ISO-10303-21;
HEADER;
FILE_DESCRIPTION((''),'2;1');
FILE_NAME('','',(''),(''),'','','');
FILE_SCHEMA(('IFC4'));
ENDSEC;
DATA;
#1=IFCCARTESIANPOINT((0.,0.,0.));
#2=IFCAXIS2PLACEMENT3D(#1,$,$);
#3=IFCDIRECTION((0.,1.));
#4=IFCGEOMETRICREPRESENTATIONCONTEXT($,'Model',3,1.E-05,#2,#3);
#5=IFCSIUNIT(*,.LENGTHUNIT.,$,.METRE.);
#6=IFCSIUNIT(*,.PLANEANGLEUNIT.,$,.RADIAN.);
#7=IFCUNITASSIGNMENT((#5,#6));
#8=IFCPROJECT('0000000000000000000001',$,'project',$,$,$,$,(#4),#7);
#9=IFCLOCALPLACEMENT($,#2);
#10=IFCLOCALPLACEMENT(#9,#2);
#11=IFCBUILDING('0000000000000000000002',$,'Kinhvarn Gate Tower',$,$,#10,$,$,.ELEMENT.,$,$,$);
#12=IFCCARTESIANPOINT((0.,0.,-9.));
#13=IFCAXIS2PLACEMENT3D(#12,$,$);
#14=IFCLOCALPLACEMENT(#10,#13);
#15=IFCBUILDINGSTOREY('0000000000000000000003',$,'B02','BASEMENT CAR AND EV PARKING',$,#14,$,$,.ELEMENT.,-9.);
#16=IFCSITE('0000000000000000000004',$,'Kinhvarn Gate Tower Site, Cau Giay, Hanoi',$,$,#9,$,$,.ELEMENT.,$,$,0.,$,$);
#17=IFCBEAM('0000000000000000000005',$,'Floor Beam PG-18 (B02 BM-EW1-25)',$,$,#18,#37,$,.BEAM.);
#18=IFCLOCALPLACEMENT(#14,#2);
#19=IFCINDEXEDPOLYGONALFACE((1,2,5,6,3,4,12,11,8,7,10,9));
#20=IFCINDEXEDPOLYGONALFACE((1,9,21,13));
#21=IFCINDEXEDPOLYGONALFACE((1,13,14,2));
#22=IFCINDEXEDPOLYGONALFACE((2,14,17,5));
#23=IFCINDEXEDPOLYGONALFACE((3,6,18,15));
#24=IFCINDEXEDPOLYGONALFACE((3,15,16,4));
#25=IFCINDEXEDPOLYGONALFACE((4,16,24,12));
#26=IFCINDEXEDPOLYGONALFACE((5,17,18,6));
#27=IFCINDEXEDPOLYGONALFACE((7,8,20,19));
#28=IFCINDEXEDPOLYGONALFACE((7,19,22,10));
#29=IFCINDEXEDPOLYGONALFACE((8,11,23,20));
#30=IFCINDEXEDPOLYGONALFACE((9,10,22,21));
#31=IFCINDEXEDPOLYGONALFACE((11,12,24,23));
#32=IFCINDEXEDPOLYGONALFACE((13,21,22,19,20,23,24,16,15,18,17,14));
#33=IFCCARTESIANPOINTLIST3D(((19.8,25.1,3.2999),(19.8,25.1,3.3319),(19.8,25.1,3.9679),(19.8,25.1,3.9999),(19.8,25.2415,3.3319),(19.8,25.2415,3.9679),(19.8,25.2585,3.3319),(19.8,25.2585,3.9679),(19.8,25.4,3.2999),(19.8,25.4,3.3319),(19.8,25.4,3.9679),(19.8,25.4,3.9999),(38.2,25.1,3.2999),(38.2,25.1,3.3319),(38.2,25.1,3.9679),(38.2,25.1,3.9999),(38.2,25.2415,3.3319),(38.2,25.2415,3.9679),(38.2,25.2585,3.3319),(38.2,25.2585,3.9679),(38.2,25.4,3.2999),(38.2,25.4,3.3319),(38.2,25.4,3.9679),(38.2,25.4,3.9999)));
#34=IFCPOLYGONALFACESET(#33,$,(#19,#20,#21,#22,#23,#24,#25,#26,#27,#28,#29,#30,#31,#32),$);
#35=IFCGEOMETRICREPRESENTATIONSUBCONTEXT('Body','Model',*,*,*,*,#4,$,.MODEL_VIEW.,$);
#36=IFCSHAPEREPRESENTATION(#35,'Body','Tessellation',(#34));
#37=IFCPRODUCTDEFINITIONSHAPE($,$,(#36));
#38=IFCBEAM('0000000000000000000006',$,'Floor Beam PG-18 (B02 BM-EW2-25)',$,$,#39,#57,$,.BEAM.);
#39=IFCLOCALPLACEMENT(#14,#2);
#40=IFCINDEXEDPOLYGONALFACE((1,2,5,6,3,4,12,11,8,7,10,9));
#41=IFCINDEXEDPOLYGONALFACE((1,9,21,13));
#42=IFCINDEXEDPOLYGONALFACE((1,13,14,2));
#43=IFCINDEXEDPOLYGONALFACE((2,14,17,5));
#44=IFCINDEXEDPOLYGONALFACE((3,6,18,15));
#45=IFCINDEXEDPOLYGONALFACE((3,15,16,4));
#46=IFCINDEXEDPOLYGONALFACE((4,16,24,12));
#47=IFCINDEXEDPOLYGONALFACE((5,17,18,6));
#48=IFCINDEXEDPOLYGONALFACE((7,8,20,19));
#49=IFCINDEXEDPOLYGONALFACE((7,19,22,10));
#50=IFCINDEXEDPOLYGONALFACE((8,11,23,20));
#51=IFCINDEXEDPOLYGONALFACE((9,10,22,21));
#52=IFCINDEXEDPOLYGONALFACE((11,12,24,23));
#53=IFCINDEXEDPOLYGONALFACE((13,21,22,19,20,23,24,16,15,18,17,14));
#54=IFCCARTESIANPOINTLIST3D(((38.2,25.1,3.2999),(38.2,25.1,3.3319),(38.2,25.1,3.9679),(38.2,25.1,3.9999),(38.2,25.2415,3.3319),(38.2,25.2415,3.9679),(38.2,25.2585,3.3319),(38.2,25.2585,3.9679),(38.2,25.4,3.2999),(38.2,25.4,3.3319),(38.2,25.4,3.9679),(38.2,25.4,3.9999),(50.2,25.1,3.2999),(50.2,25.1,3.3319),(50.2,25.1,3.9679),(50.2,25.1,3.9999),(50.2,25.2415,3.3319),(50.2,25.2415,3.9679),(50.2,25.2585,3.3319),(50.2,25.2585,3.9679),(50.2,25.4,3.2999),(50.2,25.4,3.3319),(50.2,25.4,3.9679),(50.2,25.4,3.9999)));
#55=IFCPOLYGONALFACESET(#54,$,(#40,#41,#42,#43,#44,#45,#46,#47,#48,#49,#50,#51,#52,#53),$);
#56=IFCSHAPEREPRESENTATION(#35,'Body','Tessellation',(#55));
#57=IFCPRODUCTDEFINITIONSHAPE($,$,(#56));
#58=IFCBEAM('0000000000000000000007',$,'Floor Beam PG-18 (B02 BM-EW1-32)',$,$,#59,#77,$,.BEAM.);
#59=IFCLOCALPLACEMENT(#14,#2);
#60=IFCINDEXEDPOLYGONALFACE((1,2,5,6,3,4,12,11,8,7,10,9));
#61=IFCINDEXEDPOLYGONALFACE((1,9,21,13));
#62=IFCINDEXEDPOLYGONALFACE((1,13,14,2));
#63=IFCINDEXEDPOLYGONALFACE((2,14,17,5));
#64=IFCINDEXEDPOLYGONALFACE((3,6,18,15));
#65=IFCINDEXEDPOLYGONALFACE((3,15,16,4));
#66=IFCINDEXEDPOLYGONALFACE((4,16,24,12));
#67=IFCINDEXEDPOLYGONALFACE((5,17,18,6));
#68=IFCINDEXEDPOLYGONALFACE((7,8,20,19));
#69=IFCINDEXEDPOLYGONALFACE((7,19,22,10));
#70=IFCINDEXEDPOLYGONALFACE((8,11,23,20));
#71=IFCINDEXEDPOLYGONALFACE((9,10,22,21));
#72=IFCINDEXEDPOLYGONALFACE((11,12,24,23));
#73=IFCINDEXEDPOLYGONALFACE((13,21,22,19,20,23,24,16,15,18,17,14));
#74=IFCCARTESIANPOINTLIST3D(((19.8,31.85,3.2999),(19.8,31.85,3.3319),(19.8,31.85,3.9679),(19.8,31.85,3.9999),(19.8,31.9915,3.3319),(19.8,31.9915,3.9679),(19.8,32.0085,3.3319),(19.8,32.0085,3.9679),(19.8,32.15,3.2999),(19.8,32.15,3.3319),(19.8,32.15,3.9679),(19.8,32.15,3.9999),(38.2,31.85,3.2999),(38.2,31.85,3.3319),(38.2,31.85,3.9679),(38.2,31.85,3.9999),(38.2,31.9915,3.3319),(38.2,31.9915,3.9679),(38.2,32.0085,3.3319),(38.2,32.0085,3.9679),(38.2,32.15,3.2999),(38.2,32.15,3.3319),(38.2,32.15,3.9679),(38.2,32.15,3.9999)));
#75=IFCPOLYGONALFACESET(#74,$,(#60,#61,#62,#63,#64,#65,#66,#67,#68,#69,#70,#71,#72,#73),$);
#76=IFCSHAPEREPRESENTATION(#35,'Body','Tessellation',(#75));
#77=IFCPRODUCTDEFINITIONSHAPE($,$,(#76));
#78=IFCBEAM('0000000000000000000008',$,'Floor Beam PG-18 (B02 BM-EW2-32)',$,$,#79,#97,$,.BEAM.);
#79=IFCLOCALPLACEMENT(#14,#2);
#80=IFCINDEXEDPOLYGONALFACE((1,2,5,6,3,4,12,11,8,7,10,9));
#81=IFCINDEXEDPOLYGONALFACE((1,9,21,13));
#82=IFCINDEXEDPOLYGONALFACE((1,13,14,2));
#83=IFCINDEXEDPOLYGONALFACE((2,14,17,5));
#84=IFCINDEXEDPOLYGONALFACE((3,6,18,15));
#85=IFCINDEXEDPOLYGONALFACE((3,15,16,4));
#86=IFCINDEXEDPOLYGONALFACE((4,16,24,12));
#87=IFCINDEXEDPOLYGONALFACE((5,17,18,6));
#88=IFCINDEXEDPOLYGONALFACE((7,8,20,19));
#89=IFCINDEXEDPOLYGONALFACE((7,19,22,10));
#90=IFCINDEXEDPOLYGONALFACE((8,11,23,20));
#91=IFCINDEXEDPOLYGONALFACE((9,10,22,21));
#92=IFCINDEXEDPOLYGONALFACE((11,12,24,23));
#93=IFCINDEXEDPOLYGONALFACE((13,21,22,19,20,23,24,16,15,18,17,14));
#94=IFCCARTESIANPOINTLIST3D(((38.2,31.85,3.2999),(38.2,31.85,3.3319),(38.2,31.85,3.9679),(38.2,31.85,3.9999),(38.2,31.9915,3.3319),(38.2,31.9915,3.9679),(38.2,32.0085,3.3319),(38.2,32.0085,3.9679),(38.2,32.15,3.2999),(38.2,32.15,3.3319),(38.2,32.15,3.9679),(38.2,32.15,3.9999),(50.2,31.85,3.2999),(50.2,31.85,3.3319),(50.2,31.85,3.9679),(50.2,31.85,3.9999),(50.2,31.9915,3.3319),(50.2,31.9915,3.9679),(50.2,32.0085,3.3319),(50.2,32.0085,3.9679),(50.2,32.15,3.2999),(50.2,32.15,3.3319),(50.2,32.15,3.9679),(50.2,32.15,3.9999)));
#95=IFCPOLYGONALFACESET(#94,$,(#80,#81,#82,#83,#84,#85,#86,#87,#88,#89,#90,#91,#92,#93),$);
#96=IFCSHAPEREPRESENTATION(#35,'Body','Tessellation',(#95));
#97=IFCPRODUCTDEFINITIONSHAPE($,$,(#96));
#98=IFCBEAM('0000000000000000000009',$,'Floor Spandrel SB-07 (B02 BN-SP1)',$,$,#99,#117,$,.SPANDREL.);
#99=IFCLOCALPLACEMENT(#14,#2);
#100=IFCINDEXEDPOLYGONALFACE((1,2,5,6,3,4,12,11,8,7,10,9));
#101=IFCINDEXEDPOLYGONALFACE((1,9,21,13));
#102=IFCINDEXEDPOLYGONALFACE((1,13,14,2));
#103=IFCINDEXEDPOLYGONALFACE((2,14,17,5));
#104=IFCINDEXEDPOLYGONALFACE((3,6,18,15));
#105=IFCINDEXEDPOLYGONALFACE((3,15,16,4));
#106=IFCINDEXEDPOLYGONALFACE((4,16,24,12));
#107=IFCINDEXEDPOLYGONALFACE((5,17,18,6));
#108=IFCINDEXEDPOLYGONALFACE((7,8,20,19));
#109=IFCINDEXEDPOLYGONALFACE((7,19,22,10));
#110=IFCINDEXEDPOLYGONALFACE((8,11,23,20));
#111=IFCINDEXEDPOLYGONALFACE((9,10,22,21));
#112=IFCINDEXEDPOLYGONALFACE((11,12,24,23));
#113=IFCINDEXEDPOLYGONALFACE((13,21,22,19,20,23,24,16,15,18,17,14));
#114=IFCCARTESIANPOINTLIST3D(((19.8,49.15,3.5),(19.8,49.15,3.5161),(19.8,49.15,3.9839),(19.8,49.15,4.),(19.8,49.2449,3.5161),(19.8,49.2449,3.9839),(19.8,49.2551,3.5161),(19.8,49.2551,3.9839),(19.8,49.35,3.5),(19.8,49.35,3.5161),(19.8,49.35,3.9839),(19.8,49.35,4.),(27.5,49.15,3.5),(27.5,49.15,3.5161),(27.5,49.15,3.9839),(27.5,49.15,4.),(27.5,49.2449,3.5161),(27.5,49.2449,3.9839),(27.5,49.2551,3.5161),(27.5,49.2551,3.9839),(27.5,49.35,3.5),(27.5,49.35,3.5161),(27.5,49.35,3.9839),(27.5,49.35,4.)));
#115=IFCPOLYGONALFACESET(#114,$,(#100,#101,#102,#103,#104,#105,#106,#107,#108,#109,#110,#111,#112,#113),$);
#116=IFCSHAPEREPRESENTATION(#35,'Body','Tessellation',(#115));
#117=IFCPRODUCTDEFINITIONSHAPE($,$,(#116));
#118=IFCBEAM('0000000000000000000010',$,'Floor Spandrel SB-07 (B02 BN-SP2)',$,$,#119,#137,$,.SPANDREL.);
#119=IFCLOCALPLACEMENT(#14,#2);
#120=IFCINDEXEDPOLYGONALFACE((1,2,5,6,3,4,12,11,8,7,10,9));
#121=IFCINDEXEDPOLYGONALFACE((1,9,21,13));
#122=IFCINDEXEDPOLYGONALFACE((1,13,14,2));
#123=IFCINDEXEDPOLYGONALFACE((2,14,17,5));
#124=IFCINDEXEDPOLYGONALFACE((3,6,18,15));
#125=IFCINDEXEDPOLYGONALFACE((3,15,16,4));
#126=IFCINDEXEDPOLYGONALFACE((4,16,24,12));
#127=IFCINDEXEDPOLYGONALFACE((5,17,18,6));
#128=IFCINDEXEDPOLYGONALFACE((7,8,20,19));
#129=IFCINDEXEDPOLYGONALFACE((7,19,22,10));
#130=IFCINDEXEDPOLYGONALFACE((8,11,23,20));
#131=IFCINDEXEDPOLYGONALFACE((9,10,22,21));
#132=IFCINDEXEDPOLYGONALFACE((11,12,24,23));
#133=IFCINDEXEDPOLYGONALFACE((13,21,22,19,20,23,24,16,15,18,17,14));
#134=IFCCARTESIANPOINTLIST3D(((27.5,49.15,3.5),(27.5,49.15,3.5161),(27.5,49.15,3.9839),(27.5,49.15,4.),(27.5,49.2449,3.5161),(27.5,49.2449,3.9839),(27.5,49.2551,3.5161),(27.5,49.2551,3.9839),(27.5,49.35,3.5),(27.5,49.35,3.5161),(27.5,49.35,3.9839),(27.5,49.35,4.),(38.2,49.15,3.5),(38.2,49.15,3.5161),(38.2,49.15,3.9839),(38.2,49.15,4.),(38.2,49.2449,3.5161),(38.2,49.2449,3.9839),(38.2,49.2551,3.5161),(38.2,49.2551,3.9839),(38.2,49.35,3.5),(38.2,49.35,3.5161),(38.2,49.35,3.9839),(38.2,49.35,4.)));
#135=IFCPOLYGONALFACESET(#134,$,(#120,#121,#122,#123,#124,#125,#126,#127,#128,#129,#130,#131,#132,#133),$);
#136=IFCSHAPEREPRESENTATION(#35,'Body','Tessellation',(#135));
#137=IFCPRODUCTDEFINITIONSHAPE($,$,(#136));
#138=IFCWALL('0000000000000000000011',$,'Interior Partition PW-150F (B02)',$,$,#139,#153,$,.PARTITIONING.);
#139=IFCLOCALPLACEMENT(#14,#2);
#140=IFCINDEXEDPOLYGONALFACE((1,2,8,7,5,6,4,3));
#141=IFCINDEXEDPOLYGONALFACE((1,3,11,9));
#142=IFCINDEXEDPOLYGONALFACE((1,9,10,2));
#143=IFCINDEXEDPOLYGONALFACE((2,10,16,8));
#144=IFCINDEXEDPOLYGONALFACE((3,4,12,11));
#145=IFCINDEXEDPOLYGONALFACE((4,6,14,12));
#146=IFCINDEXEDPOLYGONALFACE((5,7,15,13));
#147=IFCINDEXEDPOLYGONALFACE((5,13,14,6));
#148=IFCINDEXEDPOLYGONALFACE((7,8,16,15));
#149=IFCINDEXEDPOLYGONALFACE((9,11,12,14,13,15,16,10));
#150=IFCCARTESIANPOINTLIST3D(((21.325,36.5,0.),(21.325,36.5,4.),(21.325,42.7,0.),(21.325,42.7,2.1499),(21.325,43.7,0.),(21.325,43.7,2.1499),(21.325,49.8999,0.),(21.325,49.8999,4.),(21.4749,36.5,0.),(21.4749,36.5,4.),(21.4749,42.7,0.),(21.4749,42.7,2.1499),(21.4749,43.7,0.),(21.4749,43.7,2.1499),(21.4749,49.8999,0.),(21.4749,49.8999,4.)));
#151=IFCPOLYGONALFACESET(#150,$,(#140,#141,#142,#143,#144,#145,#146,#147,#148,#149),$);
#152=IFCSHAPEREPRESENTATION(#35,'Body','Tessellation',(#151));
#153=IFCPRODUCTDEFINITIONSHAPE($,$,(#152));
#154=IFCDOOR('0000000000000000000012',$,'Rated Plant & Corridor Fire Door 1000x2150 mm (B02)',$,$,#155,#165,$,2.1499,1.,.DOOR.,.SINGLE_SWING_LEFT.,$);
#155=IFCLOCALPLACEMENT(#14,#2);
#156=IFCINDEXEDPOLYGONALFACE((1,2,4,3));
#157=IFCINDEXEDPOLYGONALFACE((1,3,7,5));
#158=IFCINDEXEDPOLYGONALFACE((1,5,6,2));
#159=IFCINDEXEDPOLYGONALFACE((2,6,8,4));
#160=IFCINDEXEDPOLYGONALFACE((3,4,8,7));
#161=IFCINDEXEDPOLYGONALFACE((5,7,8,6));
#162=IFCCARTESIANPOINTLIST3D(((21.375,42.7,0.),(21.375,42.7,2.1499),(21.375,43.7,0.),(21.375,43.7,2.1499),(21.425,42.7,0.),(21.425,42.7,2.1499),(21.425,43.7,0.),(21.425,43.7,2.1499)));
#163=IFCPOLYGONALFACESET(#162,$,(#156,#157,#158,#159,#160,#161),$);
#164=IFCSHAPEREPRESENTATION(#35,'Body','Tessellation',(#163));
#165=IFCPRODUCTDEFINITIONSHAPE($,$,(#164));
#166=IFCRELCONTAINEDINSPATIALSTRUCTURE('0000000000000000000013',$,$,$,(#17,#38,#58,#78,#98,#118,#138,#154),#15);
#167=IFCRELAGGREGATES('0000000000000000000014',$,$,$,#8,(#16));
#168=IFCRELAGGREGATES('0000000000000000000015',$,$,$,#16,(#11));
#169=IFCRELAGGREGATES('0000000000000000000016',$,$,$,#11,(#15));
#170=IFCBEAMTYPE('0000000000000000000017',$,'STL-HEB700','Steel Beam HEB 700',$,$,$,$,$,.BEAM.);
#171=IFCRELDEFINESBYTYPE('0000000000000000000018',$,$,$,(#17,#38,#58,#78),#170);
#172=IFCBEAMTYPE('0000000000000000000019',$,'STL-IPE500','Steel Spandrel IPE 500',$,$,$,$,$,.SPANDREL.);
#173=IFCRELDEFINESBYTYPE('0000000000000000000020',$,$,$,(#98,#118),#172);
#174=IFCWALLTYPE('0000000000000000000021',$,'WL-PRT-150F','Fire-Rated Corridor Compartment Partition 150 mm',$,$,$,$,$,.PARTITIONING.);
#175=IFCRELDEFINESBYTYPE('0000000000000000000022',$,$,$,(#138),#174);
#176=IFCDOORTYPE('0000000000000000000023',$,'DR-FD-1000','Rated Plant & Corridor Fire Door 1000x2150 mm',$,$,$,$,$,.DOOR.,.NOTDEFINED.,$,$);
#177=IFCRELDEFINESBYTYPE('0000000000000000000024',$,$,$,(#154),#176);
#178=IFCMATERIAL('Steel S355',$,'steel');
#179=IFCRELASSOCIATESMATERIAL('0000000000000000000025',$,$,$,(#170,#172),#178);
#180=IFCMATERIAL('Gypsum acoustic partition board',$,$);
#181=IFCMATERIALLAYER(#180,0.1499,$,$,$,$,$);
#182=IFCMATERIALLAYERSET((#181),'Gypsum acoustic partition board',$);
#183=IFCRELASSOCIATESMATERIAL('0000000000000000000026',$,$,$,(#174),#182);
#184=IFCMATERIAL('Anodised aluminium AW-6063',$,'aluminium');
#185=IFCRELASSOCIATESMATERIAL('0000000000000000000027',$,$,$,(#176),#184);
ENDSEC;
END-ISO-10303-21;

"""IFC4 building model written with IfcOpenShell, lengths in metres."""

from ifc_helpers import new_model, si_unit, direction, frame, frame_2d, origin, origin_2d, place, context, subcontext, project, spatial, rectangle, i_section, extrude, material, layer, layer_set, material_profile, profile_set, type_object, element, fill, save


model = new_model("IFC4")

# Units and contexts
model_context = context("Model", 3, precision=1e-05, world=origin(), true_north=direction((0.0, 1.0)))
body_context = subcontext(model_context, "Body", "Model", "MODEL_VIEW")
ifc_project = project(units=[si_unit("LENGTHUNIT", "METRE"), si_unit("PLANEANGLEUNIT", "RADIAN")], contexts=[model_context])

# Site, building, storey
site_placement = place(None, origin())
site = spatial("IfcSite", under=ifc_project, at=site_placement, Name="Kinhvarn Gate Tower Site, Cau Giay, Hanoi", CompositionType="ELEMENT", RefElevation=0.0)
building_placement = place(site_placement, origin())
building = spatial("IfcBuilding", under=site, at=building_placement, Name="Kinhvarn Gate Tower", CompositionType="ELEMENT")
storey_placement = place(building_placement, frame((0.0, 0.0, -9.0)))
storey = spatial("IfcBuildingStorey", under=building, at=storey_placement, Name="B02", Description="BASEMENT CAR AND EV PARKING", CompositionType="ELEMENT", Elevation=-9.0)

# Beams
ifc_material_1 = material(Name="Steel S355", Category="steel")
ifc_material_profile_1 = material_profile(ifc_material_1, i_section(OverallWidth=0.3, OverallDepth=0.7, WebThickness=0.0171, FlangeThickness=0.032, at=origin_2d()), Name="HEB 700")
ifc_profile_set_1 = profile_set([ifc_material_profile_1], Name="Steel S355")
beam_type_1 = type_object("IfcBeamType", Name="STL-HEB700", Description="Steel Beam HEB 700", PredefinedType="BEAM", material=ifc_profile_set_1)
beam_1_placement = place(storey_placement, frame((19.8, 25.25, 3.6499), z_axis=(1.0, 0.0, 0.0), x_axis=(0.0, 1.0, 0.0)))
element("IfcBeam", 1, at=beam_1_placement, inside=storey, type_object=beam_type_1, Name="Floor Beam PG-18 (B02 BM-EW1-25)", PredefinedType="BEAM", context=body_context, shape_type="SweptSolid", body=[
    extrude(i_section(OverallWidth=0.3, OverallDepth=0.7, WebThickness=0.0171, FlangeThickness=0.032, at=origin_2d()), origin(), (0.0, 0.0, 1.0), 18.3999),
])
beam_2_placement = place(storey_placement, frame((38.2, 25.25, 3.6499), z_axis=(1.0, 0.0, 0.0), x_axis=(0.0, 1.0, 0.0)))
element("IfcBeam", 2, at=beam_2_placement, inside=storey, type_object=beam_type_1, Name="Floor Beam PG-18 (B02 BM-EW2-25)", PredefinedType="BEAM", context=body_context, shape_type="SweptSolid", body=[
    extrude(i_section(OverallWidth=0.3, OverallDepth=0.7, WebThickness=0.0171, FlangeThickness=0.032, at=origin_2d()), origin(), (0.0, 0.0, 1.0), 12.0),
])
beam_3_placement = place(storey_placement, frame((19.8, 32.0, 3.6499), z_axis=(1.0, 0.0, 0.0), x_axis=(0.0, 1.0, 0.0)))
element("IfcBeam", 3, at=beam_3_placement, inside=storey, type_object=beam_type_1, Name="Floor Beam PG-18 (B02 BM-EW1-32)", PredefinedType="BEAM", context=body_context, shape_type="SweptSolid", body=[
    extrude(i_section(OverallWidth=0.3, OverallDepth=0.7, WebThickness=0.0171, FlangeThickness=0.032, at=origin_2d()), origin(), (0.0, 0.0, 1.0), 18.3999),
])
beam_4_placement = place(storey_placement, frame((38.2, 32.0, 3.6499), z_axis=(1.0, 0.0, 0.0), x_axis=(0.0, 1.0, 0.0)))
element("IfcBeam", 4, at=beam_4_placement, inside=storey, type_object=beam_type_1, Name="Floor Beam PG-18 (B02 BM-EW2-32)", PredefinedType="BEAM", context=body_context, shape_type="SweptSolid", body=[
    extrude(i_section(OverallWidth=0.3, OverallDepth=0.7, WebThickness=0.0171, FlangeThickness=0.032, at=origin_2d()), origin(), (0.0, 0.0, 1.0), 12.0),
])
ifc_material_profile_2 = material_profile(ifc_material_1, i_section(OverallWidth=0.2, OverallDepth=0.5, WebThickness=0.0103, FlangeThickness=0.0161, at=origin_2d()), Name="IPE 500")
ifc_profile_set_2 = profile_set([ifc_material_profile_2], Name="Steel S355")
beam_type_2 = type_object("IfcBeamType", Name="STL-IPE500", Description="Steel Spandrel IPE 500", PredefinedType="SPANDREL", material=ifc_profile_set_2)
beam_5_placement = place(storey_placement, frame((19.8, 49.25, 3.75), z_axis=(1.0, 0.0, 0.0), x_axis=(0.0, 1.0, 0.0)))
element("IfcBeam", 5, at=beam_5_placement, inside=storey, type_object=beam_type_2, Name="Floor Spandrel SB-07 (B02 BN-SP1)", PredefinedType="SPANDREL", context=body_context, shape_type="SweptSolid", body=[
    extrude(i_section(OverallWidth=0.2, OverallDepth=0.5, WebThickness=0.0103, FlangeThickness=0.0161, at=origin_2d()), origin(), (0.0, 0.0, 1.0), 7.7),
])
beam_6_placement = place(storey_placement, frame((27.5, 49.25, 3.75), z_axis=(1.0, 0.0, 0.0), x_axis=(0.0, 1.0, 0.0)))
element("IfcBeam", 6, at=beam_6_placement, inside=storey, type_object=beam_type_2, Name="Floor Spandrel SB-07 (B02 BN-SP2)", PredefinedType="SPANDREL", context=body_context, shape_type="SweptSolid", body=[
    extrude(i_section(OverallWidth=0.2, OverallDepth=0.5, WebThickness=0.0103, FlangeThickness=0.0161, at=origin_2d()), origin(), (0.0, 0.0, 1.0), 10.7),
])

# Wall, opening, door
ifc_material_2 = material(Name="Gypsum acoustic partition board")
ifc_layer = layer(ifc_material_2, 0.1499)
ifc_layer_set = layer_set([ifc_layer], Name="Gypsum acoustic partition board")
wall_type = type_object("IfcWallType", Name="WL-PRT-150F", Description="Fire-Rated Corridor Compartment Partition 150 mm", PredefinedType="PARTITIONING", material=ifc_layer_set)
wall_placement = place(storey_placement, frame((21.3999, 36.5, 0.0), z_axis=(0.0, 0.0, 1.0), x_axis=(0.0, 1.0, 0.0)))
wall = element("IfcWall", 7, at=wall_placement, inside=storey, type_object=wall_type, Name="Interior Partition PW-150F (B02)", PredefinedType="PARTITIONING", context=body_context, shape_type="SweptSolid", body=[
    extrude(rectangle(XDim=13.3999, YDim=0.1499, at=frame_2d((6.7, 0.0))), origin(), (0.0, 0.0, 1.0), 4.0),
])
opening_placement = place(wall_placement, frame((6.2, 0.0, 0.0)))
opening = element("IfcOpeningElement", 8, at=opening_placement, cuts=wall, PredefinedType="OPENING", context=body_context, shape_type="SweptSolid", body=[
    extrude(rectangle(XDim=1.0, YDim=2.1499, at=frame_2d((0.5, 1.075))), frame((0.0, 0.085, 0.0), z_axis=(0.0, -1.0, 0.0), x_axis=(1.0, 0.0, 0.0)), (0.0, 0.0, 1.0), 0.1699),
])
ifc_material_3 = material(Name="Anodised aluminium AW-6063", Category="aluminium")
door_type = type_object("IfcDoorType", Name="DR-FD-1000", Description="Rated Plant & Corridor Fire Door 1000x2150 mm", OperationType="NOTDEFINED", PredefinedType="DOOR", material=ifc_material_3)
door_placement = place(opening_placement, origin())
door = element("IfcDoor", 9, at=door_placement, inside=storey, type_object=door_type, Name="Rated Plant & Corridor Fire Door 1000x2150 mm (B02)", OperationType="SINGLE_SWING_LEFT", OverallHeight=2.1499, OverallWidth=1.0, PredefinedType="DOOR", context=body_context, shape_type="SweptSolid", body=[
    extrude(rectangle(XDim=1.0, YDim=2.1499, at=frame_2d((0.5, 1.075))), frame((0.0, 0.0249, 0.0), z_axis=(0.0, -1.0, 0.0), x_axis=(1.0, 0.0, 0.0)), (0.0, 0.0, 1.0), 0.05),
])
fill(opening, door)

save(model, "model.ifc")
